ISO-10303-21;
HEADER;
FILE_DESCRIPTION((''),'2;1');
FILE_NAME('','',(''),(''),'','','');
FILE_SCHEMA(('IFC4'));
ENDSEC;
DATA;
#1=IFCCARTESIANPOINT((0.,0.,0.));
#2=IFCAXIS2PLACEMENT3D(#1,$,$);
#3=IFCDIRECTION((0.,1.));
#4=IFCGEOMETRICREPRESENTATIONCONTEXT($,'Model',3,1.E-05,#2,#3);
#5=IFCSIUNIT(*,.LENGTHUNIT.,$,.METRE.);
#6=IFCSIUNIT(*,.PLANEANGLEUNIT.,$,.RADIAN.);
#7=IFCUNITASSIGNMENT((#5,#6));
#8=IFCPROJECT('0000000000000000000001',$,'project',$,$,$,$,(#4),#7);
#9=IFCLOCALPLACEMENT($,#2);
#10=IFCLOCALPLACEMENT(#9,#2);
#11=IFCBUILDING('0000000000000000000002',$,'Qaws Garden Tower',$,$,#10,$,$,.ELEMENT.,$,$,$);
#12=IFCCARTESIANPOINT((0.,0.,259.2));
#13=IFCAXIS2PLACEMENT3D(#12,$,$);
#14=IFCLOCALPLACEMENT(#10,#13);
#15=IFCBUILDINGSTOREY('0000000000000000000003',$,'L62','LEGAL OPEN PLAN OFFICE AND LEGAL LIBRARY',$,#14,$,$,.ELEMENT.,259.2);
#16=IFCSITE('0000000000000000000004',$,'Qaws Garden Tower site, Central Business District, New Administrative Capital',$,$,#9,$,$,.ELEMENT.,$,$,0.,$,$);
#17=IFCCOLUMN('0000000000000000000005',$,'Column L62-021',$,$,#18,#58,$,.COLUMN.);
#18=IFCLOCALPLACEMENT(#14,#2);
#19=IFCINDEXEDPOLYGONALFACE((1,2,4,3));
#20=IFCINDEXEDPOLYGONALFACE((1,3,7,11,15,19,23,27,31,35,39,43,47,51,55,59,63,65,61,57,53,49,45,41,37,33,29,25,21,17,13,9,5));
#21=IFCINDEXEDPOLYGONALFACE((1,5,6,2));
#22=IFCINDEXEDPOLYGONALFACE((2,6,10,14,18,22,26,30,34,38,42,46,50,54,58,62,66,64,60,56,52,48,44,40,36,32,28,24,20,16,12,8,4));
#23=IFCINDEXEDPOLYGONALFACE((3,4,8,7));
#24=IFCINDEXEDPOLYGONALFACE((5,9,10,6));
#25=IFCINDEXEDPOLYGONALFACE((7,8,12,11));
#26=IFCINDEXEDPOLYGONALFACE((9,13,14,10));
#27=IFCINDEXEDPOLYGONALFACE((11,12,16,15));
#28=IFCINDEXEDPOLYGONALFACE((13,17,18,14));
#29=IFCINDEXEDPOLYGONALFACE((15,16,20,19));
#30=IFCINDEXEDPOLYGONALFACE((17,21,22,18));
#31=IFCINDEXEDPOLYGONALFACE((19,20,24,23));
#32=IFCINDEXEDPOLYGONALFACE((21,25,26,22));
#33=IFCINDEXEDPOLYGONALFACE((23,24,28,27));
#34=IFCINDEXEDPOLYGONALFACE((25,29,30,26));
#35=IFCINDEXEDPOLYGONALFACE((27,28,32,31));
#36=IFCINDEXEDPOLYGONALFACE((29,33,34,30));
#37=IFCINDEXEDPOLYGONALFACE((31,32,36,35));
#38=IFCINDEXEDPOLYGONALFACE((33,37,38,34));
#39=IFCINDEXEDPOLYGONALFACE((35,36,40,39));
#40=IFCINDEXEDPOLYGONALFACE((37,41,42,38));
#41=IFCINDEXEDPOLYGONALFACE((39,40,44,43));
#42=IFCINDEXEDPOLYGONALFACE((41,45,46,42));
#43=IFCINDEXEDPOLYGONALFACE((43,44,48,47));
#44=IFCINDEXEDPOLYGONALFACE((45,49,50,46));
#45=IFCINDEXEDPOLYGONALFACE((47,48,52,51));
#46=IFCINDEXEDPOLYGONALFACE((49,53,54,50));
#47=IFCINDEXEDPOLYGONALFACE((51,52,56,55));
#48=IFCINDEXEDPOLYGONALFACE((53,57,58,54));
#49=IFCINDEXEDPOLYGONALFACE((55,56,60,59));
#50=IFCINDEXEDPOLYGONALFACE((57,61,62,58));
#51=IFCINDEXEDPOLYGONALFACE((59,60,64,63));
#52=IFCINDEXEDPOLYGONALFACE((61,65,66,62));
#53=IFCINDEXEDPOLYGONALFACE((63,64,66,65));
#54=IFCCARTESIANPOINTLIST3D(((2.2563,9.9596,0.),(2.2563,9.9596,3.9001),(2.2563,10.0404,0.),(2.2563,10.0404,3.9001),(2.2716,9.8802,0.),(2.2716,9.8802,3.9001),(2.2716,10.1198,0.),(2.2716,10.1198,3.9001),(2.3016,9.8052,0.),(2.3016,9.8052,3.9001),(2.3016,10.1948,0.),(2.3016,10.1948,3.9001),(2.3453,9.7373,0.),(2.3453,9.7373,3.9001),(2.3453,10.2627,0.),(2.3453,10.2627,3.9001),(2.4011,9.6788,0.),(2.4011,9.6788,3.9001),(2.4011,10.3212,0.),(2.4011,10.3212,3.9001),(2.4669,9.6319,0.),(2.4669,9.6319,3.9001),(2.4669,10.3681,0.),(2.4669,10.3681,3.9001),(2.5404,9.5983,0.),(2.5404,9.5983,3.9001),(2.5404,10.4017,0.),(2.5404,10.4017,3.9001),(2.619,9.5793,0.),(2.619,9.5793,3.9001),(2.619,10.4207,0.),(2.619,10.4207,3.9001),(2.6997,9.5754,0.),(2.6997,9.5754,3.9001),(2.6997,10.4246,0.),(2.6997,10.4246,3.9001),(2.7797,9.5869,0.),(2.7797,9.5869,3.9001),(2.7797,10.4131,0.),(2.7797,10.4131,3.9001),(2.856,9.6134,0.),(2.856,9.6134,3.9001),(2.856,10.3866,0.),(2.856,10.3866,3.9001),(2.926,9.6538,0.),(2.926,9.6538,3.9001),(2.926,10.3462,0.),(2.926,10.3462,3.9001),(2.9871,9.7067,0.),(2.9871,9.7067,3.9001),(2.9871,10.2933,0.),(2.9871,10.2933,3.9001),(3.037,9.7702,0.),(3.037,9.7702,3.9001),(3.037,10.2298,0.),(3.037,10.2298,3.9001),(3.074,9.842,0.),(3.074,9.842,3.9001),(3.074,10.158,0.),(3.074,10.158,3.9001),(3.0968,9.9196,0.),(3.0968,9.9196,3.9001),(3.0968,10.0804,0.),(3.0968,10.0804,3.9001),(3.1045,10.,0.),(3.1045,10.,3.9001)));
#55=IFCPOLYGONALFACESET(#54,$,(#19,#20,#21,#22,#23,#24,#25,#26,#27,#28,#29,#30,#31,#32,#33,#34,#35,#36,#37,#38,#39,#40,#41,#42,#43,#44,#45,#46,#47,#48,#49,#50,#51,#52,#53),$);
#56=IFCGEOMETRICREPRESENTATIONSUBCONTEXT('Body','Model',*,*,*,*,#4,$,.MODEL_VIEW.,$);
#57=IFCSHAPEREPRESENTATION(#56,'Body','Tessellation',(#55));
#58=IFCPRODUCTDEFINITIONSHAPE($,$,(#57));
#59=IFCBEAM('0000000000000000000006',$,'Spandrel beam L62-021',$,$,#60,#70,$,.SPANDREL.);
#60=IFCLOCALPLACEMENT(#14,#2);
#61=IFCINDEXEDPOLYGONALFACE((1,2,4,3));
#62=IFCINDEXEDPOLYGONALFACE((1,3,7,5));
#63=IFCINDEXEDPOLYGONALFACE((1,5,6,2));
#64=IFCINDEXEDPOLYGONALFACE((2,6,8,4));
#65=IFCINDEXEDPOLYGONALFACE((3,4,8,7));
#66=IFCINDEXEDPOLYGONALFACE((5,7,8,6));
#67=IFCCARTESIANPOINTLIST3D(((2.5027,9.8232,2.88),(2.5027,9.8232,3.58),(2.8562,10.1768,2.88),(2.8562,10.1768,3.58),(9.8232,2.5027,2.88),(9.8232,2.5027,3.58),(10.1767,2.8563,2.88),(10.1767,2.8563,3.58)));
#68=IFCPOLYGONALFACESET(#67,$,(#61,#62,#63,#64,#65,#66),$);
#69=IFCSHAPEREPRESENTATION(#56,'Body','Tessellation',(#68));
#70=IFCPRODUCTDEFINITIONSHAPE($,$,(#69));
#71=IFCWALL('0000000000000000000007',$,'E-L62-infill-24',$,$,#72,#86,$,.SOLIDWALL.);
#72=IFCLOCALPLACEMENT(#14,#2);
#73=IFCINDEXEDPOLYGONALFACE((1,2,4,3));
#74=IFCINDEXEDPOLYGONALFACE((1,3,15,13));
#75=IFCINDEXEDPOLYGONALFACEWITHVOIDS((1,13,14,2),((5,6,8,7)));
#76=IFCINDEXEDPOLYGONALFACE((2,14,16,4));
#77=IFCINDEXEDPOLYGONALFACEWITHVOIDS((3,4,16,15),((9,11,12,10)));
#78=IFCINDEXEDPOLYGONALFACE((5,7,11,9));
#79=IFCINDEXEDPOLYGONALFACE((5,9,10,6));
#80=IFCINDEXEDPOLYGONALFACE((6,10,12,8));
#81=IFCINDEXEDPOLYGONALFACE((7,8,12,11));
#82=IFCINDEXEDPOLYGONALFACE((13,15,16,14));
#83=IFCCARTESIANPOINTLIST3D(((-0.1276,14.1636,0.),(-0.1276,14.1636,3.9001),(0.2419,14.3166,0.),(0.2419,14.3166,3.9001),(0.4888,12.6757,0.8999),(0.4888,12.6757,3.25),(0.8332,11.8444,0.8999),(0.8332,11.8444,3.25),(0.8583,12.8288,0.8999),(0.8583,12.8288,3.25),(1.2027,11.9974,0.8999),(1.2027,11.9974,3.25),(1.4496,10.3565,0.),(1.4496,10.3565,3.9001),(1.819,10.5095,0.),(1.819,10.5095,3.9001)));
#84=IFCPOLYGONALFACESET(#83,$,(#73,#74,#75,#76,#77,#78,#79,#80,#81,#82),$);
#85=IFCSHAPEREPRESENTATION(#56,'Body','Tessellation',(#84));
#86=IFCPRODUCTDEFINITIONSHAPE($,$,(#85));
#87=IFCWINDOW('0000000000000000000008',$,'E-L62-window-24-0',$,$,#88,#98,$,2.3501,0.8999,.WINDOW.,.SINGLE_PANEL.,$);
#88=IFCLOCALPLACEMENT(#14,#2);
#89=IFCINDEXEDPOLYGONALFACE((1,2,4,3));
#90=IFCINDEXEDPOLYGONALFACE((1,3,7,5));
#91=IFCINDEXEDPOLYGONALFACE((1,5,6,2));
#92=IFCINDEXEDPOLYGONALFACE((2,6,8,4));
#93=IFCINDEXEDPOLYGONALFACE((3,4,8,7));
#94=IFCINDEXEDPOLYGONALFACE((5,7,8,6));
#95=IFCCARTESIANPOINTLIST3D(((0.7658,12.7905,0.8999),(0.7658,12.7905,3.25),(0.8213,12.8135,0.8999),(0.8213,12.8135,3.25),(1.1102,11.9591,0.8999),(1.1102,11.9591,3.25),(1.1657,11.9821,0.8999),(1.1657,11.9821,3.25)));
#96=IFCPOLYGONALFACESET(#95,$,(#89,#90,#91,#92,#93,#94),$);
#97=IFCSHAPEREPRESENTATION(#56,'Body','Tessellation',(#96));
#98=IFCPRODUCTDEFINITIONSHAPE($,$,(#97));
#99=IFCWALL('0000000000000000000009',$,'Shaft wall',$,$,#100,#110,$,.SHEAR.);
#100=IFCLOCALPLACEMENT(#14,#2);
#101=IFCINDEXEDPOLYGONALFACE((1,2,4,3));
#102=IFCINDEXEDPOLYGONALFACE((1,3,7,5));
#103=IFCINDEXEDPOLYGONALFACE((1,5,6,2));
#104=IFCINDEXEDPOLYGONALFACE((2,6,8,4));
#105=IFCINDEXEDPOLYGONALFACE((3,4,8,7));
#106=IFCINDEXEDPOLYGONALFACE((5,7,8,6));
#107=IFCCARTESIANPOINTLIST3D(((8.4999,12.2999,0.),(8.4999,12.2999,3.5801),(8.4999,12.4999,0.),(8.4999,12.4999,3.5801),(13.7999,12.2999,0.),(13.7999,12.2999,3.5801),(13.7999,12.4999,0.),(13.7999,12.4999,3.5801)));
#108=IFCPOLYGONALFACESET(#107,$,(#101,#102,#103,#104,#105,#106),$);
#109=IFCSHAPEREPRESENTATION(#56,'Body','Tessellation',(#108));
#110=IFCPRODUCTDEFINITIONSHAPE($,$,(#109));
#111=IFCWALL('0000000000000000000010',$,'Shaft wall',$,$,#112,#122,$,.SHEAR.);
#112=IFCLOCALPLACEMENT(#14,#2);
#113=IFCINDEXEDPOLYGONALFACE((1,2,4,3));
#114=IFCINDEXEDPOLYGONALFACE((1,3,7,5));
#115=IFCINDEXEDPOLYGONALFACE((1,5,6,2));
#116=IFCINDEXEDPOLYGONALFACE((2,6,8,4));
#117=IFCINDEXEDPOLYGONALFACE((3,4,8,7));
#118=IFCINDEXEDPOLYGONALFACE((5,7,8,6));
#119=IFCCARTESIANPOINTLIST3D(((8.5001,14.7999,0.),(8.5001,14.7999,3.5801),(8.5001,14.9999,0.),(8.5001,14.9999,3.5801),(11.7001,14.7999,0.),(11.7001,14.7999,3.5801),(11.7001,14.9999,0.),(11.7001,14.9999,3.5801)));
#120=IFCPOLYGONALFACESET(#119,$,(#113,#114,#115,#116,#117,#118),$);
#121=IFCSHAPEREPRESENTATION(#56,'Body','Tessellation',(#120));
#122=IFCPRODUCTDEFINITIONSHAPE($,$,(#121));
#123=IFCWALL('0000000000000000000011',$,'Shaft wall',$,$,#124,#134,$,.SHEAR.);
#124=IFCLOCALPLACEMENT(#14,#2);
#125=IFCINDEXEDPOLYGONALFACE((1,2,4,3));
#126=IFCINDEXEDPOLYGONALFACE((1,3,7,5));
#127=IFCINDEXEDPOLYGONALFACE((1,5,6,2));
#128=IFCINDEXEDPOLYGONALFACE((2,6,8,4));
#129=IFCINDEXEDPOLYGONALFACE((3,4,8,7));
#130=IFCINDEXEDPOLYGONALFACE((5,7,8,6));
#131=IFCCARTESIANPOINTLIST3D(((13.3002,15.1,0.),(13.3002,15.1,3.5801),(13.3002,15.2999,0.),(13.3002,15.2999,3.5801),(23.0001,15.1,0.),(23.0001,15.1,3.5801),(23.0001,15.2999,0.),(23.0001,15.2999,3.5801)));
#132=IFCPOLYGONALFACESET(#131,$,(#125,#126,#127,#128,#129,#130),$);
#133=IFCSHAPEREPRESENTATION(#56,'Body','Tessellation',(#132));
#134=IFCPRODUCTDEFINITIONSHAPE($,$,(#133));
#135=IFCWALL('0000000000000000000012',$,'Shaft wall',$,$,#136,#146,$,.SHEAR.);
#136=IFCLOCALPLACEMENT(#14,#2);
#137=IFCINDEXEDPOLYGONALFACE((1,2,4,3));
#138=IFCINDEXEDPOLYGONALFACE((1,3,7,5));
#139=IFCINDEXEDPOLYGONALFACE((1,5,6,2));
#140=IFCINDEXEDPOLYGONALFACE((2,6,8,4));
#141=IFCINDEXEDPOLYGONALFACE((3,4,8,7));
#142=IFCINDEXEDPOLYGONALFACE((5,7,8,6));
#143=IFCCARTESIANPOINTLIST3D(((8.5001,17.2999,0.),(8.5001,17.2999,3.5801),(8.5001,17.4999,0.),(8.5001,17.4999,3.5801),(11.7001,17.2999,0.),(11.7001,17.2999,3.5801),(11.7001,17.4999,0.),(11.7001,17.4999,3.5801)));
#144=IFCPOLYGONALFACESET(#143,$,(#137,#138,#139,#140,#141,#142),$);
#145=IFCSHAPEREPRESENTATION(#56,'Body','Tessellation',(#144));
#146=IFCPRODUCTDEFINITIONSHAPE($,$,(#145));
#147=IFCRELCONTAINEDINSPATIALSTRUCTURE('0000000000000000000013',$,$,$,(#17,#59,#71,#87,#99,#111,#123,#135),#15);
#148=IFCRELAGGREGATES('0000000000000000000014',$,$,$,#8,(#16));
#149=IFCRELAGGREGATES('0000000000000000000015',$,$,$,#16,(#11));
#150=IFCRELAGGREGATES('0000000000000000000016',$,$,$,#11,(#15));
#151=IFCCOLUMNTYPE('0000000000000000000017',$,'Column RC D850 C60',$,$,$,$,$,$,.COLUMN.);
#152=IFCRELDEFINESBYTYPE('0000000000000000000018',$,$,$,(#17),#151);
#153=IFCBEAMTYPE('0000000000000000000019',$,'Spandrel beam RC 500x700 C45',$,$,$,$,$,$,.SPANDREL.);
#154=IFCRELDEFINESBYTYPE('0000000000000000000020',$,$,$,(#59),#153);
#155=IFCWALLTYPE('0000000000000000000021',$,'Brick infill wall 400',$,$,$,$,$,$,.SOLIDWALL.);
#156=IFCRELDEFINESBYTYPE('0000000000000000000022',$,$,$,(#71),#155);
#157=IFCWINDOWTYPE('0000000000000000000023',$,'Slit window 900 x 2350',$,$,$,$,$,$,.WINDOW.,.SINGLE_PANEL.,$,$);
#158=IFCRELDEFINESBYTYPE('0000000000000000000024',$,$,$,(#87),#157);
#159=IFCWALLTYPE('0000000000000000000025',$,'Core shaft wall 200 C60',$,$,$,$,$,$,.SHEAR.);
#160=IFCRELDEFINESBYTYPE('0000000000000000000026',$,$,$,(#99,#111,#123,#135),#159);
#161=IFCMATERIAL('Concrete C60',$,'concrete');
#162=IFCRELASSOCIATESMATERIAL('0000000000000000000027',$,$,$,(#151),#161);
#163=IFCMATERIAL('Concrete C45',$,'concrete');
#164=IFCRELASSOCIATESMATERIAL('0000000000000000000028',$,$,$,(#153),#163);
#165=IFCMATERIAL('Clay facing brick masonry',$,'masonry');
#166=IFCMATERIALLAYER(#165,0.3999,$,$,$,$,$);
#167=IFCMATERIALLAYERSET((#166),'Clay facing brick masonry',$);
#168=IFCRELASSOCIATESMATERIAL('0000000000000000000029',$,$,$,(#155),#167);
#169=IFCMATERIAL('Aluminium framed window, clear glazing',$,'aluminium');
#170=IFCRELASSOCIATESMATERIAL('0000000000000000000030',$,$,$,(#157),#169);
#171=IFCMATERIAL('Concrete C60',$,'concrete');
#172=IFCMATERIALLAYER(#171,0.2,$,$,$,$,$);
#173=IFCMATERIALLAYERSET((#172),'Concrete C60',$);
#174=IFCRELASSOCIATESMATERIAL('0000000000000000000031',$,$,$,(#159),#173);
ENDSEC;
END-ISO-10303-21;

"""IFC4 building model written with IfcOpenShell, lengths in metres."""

from ifc_helpers import new_model, si_unit, direction, frame, frame_2d, origin, origin_2d, place, context, subcontext, project, spatial, rectangle, circle, extrude, material, layer, layer_set, material_profile, profile_set, type_object, element, fill, save


model = new_model("IFC4")

# Units and contexts
model_context = context("Model", 3, precision=1e-05, world=origin(), true_north=direction((0.0, 1.0)))
body_context = subcontext(model_context, "Body", "Model", "MODEL_VIEW")
ifc_project = project(units=[si_unit("LENGTHUNIT", "METRE"), si_unit("PLANEANGLEUNIT", "RADIAN")], contexts=[model_context])

# Site, building, storey
site_placement = place(None, origin())
site = spatial("IfcSite", under=ifc_project, at=site_placement, Name="Qaws Garden Tower site, Central Business District, New Administrative Capital", CompositionType="ELEMENT", RefElevation=0.0)
building_placement = place(site_placement, origin())
building = spatial("IfcBuilding", under=site, at=building_placement, Name="Qaws Garden Tower", CompositionType="ELEMENT")
storey_placement = place(building_placement, frame((0.0, 0.0, 259.2)))
storey = spatial("IfcBuildingStorey", under=building, at=storey_placement, Name="L62", Description="LEGAL OPEN PLAN OFFICE AND LEGAL LIBRARY", CompositionType="ELEMENT", Elevation=259.2)

# Column
ifc_material_1 = material(Name="Concrete C60", Category="concrete")
ifc_material_profile_1 = material_profile(ifc_material_1, circle(Radius=0.425, at=origin_2d()), Name="RC D850")
ifc_profile_set_1 = profile_set([ifc_material_profile_1], Name="Concrete C60")
column_type = type_object("IfcColumnType", Name="Column RC D850 C60", PredefinedType="COLUMN", material=ifc_profile_set_1)
column_placement = place(storey_placement, frame((2.6794, 10.0, 0.0), z_axis=(0.0, 0.0, 1.0), x_axis=(1.0, 0.0, 0.0)))
element("IfcColumn", 1, at=column_placement, inside=storey, type_object=column_type, Name="Column L62-021", PredefinedType="COLUMN", context=body_context, shape_type="SweptSolid", body=[
    extrude(circle(Radius=0.425, at=origin_2d()), origin(), (0.0, 0.0, 1.0), 3.9001),
])

# Beam
ifc_material_2 = material(Name="Concrete C45", Category="concrete")
ifc_material_profile_2 = material_profile(ifc_material_2, rectangle(XDim=0.5, YDim=0.7, at=origin_2d()), Name="RC 500x700")
ifc_profile_set_2 = profile_set([ifc_material_profile_2], Name="Concrete C45")
beam_type = type_object("IfcBeamType", Name="Spandrel beam RC 500x700 C45", PredefinedType="SPANDREL", material=ifc_profile_set_2)
beam_placement = place(storey_placement, frame((2.6794, 10.0, 3.23), z_axis=(0.707107, -0.707107, 0.0), x_axis=(0.707107, 0.707107, 0.0)))
element("IfcBeam", 2, at=beam_placement, inside=storey, type_object=beam_type, Name="Spandrel beam L62-021", PredefinedType="SPANDREL", context=body_context, shape_type="SweptSolid", body=[
    extrude(rectangle(XDim=0.5, YDim=0.7, at=origin_2d()), origin(), (0.0, 0.0, 1.0), 10.3528),
])

# Wall, opening, window
ifc_material_3 = material(Name="Clay facing brick masonry", Category="masonry")
ifc_layer_1 = layer(ifc_material_3, 0.3999)
ifc_layer_set_1 = layer_set([ifc_layer_1], Name="Clay facing brick masonry")
wall_type_1 = type_object("IfcWallType", Name="Brick infill wall 400", PredefinedType="SOLIDWALL", material=ifc_layer_set_1)
wall_1_placement = place(storey_placement, frame((0.0571, 14.2402, 0.0), z_axis=(0.0, 0.0, 1.0), x_axis=(0.382722, -0.923864, 0.0)))
wall_1 = element("IfcWall", 3, at=wall_1_placement, inside=storey, type_object=wall_type_1, Name="E-L62-infill-24", PredefinedType="SOLIDWALL", context=body_context, shape_type="SweptSolid", body=[
    extrude(rectangle(XDim=4.1208, YDim=0.3999, at=frame_2d((2.0605, 0.0))), origin(), (0.0, 0.0, 1.0), 3.9001),
])
opening_1_placement = place(wall_1_placement, frame((1.6106, 0.0, 0.8999)))
opening_1 = element("IfcOpeningElement", 4, at=opening_1_placement, cuts=wall_1, PredefinedType="OPENING", context=body_context, shape_type="SweptSolid", body=[
    extrude(rectangle(XDim=0.8999, YDim=2.3501, at=frame_2d((0.45, 1.175))), frame((0.0, 0.21, 0.0), z_axis=(0.0, -1.0, 0.0), x_axis=(1.0, 0.0, 0.0)), (0.0, 0.0, 1.0), 0.4199),
])
ifc_material_4 = material(Name="Aluminium framed window, clear glazing", Category="aluminium")
window_type = type_object("IfcWindowType", Name="Slit window 900 x 2350", PartitioningType="SINGLE_PANEL", PredefinedType="WINDOW", material=ifc_material_4)
window_placement = place(opening_1_placement, origin())
window = element("IfcWindow", 5, at=window_placement, inside=storey, type_object=window_type, Name="E-L62-window-24-0", OverallHeight=2.3501, OverallWidth=0.8999, PartitioningType="SINGLE_PANEL", PredefinedType="WINDOW", context=body_context, shape_type="SweptSolid", body=[
    extrude(rectangle(XDim=0.8999, YDim=2.3501, at=frame_2d((0.45, 1.175))), frame((0.0, 0.1599, 0.0), z_axis=(0.0, -1.0, 0.0), x_axis=(1.0, 0.0, 0.0)), (0.0, 0.0, 1.0), 0.0601),
])
fill(opening_1, window)

# Walls
ifc_material_5 = material(Name="Concrete C60", Category="concrete")
ifc_layer_2 = layer(ifc_material_5, 0.2)
ifc_layer_set_2 = layer_set([ifc_layer_2], Name="Concrete C60")
wall_type_2 = type_object("IfcWallType", Name="Core shaft wall 200 C60", PredefinedType="SHEAR", material=ifc_layer_set_2)
wall_2_placement = place(storey_placement, frame((8.5, 12.3999, 0.0), z_axis=(0.0, 0.0, 1.0), x_axis=(1.0, 0.0, 0.0)))
element("IfcWall", 6, at=wall_2_placement, inside=storey, type_object=wall_type_2, Name="Shaft wall", PredefinedType="SHEAR", context=body_context, shape_type="SweptSolid", body=[
    extrude(rectangle(XDim=5.3, YDim=0.2, at=frame_2d((2.6499, 0.0))), origin(), (0.0, 0.0, 1.0), 3.5801),
])
wall_3_placement = place(storey_placement, frame((8.5, 14.8999, 0.0), z_axis=(0.0, 0.0, 1.0), x_axis=(1.0, 0.0, 0.0)))
element("IfcWall", 7, at=wall_3_placement, inside=storey, type_object=wall_type_2, Name="Shaft wall", PredefinedType="SHEAR", context=body_context, shape_type="SweptSolid", body=[
    extrude(rectangle(XDim=3.2, YDim=0.2, at=frame_2d((1.6001, 0.0))), origin(), (0.0, 0.0, 1.0), 3.5801),
])
wall_4_placement = place(storey_placement, frame((13.3, 15.2, 0.0), z_axis=(0.0, 0.0, 1.0), x_axis=(1.0, 0.0, 0.0)))
element("IfcWall", 8, at=wall_4_placement, inside=storey, type_object=wall_type_2, Name="Shaft wall", PredefinedType="SHEAR", context=body_context, shape_type="SweptSolid", body=[
    extrude(rectangle(XDim=9.7, YDim=0.2, at=frame_2d((4.8501, 0.0))), origin(), (0.0, 0.0, 1.0), 3.5801),
])
wall_5_placement = place(storey_placement, frame((8.5, 17.3999, 0.0), z_axis=(0.0, 0.0, 1.0), x_axis=(1.0, 0.0, 0.0)))
element("IfcWall", 9, at=wall_5_placement, inside=storey, type_object=wall_type_2, Name="Shaft wall", PredefinedType="SHEAR", context=body_context, shape_type="SweptSolid", body=[
    extrude(rectangle(XDim=3.2, YDim=0.2, at=frame_2d((1.6001, 0.0))), origin(), (0.0, 0.0, 1.0), 3.5801),
])

save(model, "model.ifc")
